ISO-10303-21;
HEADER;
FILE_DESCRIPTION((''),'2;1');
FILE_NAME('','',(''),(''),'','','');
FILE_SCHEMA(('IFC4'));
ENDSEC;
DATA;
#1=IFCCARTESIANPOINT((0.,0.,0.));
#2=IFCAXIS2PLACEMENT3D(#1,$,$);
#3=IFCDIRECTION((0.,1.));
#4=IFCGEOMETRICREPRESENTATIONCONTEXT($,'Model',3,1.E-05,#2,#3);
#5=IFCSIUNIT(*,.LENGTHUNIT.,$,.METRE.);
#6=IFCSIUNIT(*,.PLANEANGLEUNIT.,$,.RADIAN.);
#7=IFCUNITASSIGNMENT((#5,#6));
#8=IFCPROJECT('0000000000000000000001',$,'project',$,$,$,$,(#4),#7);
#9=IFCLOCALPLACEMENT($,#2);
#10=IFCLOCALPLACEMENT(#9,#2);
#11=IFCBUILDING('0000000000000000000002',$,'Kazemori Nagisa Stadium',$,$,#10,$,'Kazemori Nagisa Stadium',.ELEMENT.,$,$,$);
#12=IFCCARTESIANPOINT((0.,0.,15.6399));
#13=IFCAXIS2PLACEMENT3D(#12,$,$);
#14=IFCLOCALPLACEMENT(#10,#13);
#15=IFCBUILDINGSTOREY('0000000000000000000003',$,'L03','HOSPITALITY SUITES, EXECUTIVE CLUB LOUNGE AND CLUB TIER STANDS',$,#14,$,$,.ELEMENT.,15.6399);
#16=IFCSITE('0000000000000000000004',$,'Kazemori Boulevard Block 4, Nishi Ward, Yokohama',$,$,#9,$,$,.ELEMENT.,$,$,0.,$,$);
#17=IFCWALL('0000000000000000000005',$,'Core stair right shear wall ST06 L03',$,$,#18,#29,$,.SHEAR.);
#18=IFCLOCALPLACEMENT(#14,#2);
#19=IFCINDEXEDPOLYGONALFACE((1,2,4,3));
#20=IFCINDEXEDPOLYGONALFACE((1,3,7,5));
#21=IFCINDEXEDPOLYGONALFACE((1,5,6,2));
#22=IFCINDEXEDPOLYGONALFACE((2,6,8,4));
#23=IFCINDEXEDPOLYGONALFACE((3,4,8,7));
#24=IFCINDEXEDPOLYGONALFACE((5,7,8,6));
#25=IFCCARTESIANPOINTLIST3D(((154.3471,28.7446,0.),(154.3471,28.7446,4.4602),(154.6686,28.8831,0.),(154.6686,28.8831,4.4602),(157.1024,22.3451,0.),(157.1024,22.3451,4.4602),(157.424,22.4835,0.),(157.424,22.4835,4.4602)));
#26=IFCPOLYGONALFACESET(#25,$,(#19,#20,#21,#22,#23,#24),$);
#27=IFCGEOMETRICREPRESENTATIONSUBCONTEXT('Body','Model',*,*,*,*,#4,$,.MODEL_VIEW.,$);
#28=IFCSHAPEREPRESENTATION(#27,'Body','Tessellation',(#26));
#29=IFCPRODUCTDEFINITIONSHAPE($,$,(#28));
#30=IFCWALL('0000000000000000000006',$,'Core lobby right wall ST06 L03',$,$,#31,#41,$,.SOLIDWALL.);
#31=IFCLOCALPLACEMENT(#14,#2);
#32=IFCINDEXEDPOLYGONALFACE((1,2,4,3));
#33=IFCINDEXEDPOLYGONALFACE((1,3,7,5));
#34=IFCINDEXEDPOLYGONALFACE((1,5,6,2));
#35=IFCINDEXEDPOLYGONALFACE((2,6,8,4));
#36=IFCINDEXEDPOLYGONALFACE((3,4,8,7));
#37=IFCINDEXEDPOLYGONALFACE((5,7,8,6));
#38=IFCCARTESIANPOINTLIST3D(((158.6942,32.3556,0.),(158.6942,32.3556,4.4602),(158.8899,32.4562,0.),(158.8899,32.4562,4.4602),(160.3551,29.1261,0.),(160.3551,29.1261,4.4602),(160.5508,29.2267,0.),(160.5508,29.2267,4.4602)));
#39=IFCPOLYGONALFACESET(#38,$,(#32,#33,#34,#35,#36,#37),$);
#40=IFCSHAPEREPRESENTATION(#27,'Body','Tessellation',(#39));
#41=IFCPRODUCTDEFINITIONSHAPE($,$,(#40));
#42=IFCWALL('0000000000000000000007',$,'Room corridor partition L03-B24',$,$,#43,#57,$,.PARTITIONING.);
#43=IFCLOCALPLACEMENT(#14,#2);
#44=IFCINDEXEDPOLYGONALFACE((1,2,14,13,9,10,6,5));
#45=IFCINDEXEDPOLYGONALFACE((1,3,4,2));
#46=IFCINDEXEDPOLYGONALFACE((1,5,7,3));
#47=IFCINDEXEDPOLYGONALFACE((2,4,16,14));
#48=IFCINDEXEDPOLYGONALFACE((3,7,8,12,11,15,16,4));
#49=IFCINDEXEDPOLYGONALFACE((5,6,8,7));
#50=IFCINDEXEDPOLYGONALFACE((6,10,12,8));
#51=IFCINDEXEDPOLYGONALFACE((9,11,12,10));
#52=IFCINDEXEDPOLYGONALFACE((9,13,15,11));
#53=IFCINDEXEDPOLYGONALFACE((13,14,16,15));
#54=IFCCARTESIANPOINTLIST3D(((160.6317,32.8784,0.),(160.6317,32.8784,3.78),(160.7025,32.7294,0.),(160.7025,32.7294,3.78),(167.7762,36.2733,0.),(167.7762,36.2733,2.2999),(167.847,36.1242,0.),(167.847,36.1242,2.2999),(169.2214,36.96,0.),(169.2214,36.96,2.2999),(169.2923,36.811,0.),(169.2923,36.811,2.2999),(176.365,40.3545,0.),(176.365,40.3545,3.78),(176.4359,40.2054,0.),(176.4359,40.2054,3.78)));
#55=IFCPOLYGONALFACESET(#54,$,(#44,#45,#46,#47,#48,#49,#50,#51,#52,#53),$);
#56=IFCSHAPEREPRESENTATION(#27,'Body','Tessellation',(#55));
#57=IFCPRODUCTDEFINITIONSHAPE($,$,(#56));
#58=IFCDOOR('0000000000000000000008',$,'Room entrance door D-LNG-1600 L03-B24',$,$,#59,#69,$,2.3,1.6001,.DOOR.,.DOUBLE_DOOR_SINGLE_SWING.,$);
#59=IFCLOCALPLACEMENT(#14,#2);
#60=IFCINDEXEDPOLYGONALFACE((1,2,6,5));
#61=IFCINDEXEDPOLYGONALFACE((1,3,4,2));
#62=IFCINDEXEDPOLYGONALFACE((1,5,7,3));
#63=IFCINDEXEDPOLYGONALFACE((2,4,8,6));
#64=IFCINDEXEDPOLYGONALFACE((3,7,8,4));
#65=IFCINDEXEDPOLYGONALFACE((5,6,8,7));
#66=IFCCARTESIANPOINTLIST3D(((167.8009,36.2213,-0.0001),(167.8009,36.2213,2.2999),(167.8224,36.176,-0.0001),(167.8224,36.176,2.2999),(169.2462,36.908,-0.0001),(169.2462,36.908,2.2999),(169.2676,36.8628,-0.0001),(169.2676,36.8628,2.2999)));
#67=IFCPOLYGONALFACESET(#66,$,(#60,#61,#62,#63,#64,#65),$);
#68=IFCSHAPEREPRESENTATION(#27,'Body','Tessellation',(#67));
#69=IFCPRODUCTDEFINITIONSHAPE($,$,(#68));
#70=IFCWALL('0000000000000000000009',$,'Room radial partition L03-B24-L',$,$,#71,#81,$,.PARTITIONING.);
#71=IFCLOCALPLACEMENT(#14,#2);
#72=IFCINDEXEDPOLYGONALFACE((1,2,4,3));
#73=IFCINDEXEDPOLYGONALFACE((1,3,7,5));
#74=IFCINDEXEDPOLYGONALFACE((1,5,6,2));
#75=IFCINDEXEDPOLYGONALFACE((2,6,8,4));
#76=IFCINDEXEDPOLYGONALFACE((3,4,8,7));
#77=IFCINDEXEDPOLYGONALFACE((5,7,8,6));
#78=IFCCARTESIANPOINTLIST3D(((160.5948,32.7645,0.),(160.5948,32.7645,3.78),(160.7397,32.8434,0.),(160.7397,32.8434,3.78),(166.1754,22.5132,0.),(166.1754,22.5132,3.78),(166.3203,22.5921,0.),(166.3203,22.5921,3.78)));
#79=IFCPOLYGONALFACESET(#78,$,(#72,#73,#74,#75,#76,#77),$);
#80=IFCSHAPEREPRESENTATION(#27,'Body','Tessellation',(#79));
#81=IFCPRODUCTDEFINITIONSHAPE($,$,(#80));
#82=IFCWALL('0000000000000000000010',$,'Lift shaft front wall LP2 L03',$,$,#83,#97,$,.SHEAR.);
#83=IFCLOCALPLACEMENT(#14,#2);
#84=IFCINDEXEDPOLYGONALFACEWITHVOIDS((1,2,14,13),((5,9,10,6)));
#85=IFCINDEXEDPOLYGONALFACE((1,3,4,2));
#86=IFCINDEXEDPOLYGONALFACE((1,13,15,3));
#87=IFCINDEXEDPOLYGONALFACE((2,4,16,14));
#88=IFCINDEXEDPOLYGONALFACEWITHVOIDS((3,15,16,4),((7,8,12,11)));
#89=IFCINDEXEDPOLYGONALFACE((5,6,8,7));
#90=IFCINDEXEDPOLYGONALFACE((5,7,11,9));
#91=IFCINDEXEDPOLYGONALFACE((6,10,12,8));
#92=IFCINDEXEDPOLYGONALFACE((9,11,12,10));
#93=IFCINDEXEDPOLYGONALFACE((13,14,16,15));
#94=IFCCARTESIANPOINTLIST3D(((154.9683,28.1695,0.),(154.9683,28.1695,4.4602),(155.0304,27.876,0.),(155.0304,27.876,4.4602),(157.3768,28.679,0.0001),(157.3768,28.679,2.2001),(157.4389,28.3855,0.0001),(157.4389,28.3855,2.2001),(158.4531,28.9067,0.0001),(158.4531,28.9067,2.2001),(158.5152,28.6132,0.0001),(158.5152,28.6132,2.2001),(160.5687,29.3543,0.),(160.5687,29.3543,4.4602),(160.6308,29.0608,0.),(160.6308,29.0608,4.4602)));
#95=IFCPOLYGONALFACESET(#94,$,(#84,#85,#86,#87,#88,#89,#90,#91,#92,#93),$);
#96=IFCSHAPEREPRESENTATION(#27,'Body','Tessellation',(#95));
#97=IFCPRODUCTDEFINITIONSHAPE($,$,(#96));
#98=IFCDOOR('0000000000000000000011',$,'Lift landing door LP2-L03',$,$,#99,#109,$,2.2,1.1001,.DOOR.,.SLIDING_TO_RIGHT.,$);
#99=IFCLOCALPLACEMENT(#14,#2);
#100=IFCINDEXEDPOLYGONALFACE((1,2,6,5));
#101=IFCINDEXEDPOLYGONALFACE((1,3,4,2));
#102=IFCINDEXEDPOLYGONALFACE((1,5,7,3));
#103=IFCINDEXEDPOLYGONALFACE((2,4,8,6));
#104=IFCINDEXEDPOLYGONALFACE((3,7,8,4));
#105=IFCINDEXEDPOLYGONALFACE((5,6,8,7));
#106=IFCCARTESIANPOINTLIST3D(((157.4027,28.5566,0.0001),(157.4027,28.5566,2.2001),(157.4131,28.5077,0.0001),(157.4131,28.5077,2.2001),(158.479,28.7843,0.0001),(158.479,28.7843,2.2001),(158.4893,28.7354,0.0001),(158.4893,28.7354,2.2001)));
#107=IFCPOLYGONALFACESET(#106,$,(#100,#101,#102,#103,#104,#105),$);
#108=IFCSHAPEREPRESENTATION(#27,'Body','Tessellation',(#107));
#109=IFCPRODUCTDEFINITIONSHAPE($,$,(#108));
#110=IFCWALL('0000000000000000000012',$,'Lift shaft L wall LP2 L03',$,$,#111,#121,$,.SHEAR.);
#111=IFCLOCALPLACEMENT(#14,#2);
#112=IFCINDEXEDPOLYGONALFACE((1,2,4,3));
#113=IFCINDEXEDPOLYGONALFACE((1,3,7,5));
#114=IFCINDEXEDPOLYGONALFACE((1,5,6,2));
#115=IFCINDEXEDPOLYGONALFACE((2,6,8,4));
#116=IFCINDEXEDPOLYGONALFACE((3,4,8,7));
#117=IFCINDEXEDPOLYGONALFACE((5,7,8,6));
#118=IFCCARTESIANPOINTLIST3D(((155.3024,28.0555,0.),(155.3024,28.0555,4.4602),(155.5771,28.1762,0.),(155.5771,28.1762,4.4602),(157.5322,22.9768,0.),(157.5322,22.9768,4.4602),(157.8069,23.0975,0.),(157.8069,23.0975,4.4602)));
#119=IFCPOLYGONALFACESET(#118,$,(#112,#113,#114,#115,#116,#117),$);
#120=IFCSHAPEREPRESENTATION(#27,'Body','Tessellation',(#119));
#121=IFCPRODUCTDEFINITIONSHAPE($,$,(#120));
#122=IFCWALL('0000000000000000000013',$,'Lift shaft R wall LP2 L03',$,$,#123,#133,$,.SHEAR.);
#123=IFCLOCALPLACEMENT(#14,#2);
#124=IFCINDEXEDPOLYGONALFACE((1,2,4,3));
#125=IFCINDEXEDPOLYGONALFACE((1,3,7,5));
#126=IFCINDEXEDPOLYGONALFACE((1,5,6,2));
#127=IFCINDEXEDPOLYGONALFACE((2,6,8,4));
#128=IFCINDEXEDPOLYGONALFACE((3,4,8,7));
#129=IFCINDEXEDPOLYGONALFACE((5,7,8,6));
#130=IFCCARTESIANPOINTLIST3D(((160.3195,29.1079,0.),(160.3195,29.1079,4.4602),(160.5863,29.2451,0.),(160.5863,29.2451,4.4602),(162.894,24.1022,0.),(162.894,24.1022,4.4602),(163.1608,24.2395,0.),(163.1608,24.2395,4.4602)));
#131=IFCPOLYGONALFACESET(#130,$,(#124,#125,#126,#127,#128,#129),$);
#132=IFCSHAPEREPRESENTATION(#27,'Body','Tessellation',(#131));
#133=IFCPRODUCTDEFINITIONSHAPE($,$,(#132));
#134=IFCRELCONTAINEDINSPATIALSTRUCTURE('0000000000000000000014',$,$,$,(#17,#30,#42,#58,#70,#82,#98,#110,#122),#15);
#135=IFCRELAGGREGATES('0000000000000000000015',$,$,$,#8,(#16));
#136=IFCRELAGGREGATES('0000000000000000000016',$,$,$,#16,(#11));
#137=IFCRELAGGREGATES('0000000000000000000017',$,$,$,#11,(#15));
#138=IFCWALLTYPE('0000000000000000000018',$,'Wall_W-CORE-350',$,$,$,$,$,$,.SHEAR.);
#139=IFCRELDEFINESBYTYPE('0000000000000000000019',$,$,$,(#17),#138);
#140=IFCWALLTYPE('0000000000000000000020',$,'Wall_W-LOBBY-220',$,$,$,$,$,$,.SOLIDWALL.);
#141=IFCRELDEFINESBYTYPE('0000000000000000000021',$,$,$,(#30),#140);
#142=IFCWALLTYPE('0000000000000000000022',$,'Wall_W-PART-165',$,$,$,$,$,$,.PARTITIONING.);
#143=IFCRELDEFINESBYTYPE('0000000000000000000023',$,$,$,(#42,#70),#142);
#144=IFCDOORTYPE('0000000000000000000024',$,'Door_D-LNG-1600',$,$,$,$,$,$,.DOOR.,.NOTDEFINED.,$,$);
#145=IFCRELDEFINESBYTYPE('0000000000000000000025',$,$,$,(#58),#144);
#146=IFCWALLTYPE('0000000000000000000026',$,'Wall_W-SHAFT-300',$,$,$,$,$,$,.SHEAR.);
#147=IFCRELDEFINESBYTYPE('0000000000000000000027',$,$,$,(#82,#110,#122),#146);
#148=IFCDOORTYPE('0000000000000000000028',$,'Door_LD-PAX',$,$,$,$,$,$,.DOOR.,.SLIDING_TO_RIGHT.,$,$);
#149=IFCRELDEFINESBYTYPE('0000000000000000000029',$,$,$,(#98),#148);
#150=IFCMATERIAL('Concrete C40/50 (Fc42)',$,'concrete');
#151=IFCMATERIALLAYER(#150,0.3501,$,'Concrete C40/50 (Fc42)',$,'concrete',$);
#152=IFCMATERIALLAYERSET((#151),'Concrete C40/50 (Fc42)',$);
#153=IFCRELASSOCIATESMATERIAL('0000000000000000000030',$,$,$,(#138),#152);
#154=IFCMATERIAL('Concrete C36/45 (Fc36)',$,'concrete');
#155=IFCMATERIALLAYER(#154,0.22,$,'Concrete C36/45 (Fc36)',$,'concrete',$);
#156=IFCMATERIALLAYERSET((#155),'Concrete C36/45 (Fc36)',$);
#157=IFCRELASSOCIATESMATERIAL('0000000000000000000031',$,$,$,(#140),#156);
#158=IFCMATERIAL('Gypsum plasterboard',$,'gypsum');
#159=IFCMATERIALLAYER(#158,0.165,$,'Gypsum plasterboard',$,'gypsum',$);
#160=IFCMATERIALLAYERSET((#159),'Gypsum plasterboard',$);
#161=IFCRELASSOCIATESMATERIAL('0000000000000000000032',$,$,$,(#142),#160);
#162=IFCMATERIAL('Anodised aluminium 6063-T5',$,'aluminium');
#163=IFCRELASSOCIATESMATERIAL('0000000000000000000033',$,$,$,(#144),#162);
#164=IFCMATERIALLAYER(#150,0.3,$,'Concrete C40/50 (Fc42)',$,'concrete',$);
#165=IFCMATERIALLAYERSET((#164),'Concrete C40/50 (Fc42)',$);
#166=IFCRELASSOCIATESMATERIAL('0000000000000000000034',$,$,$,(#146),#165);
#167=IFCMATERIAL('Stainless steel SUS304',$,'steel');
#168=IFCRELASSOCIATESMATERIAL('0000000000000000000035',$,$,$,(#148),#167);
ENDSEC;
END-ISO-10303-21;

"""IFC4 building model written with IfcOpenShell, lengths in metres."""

from ifc_helpers import new_model, si_unit, direction, frame, frame_2d, origin, place, context, subcontext, project, spatial, rectangle, extrude, material, layer, layer_set, type_object, element, fill, save


model = new_model("IFC4")

# Units and contexts
model_context = context("Model", 3, precision=1e-05, world=origin(), true_north=direction((0.0, 1.0)))
body_context = subcontext(model_context, "Body", "Model", "MODEL_VIEW")
ifc_project = project(units=[si_unit("LENGTHUNIT", "METRE"), si_unit("PLANEANGLEUNIT", "RADIAN")], contexts=[model_context])

# Site, building, storey
site_placement = place(None, origin())
site = spatial("IfcSite", under=ifc_project, at=site_placement, Name="Kazemori Boulevard Block 4, Nishi Ward, Yokohama", CompositionType="ELEMENT", RefElevation=0.0)
building_placement = place(site_placement, origin())
building = spatial("IfcBuilding", under=site, at=building_placement, Name="Kazemori Nagisa Stadium", LongName="Kazemori Nagisa Stadium", CompositionType="ELEMENT")
storey_placement = place(building_placement, frame((0.0, 0.0, 15.6399)))
storey = spatial("IfcBuildingStorey", under=building, at=storey_placement, Name="L03", Description="HOSPITALITY SUITES, EXECUTIVE CLUB LOUNGE AND CLUB TIER STANDS", CompositionType="ELEMENT", Elevation=15.6399)

# Shared definitions
ifc_material_1 = material(Name="Concrete C40/50 (Fc42)", Category="concrete")

# Shared definitions
ifc_material_2 = material(Name="Anodised aluminium 6063-T5", Category="aluminium")

# Walls
ifc_layer_1 = layer(ifc_material_1, 0.3501, Name="Concrete C40/50 (Fc42)", Category="concrete")
ifc_layer_set_1 = layer_set([ifc_layer_1], Name="Concrete C40/50 (Fc42)")
wall_type_1 = type_object("IfcWallType", Name="Wall_W-CORE-350", PredefinedType="SHEAR", material=ifc_layer_set_1)
wall_1_placement = place(storey_placement, frame((154.5078, 28.814, 0.0), z_axis=(0.0, 0.0, 1.0), x_axis=(0.395454, -0.918486, 0.0)))
element("IfcWall", 1, at=wall_1_placement, inside=storey, type_object=wall_type_1, Name="Core stair right shear wall ST06 L03", PredefinedType="SHEAR", context=body_context, shape_type="SweptSolid", body=[
    extrude(rectangle(XDim=6.9675, YDim=0.3501, at=frame_2d((3.4839, 0.0))), origin(), (0.0, 0.0, 1.0), 4.4602),
])
ifc_material_3 = material(Name="Concrete C36/45 (Fc36)", Category="concrete")
ifc_layer_2 = layer(ifc_material_3, 0.22, Name="Concrete C36/45 (Fc36)", Category="concrete")
ifc_layer_set_2 = layer_set([ifc_layer_2], Name="Concrete C36/45 (Fc36)")
wall_type_2 = type_object("IfcWallType", Name="Wall_W-LOBBY-220", PredefinedType="SOLIDWALL", material=ifc_layer_set_2)
wall_2_placement = place(storey_placement, frame((158.792, 32.406, 0.0), z_axis=(0.0, 0.0, 1.0), x_axis=(0.45735, -0.889287, 0.0)))
element("IfcWall", 2, at=wall_2_placement, inside=storey, type_object=wall_type_2, Name="Core lobby right wall ST06 L03", PredefinedType="SOLIDWALL", context=body_context, shape_type="SweptSolid", body=[
    extrude(rectangle(XDim=3.6316, YDim=0.22, at=frame_2d((1.8159, 0.0))), origin(), (0.0, 0.0, 1.0), 4.4602),
])

# Wall, opening, door
ifc_material_4 = material(Name="Gypsum plasterboard", Category="gypsum")
ifc_layer_3 = layer(ifc_material_4, 0.165, Name="Gypsum plasterboard", Category="gypsum")
ifc_layer_set_3 = layer_set([ifc_layer_3], Name="Gypsum plasterboard")
wall_type_3 = type_object("IfcWallType", Name="Wall_W-PART-165", PredefinedType="PARTITIONING", material=ifc_layer_set_3)
wall_3_placement = place(storey_placement, frame((160.6672, 32.804, 0.0), z_axis=(0.0, 0.0, 1.0), x_axis=(0.903217, 0.429184, 0.0)))
wall_3 = element("IfcWall", 3, at=wall_3_placement, inside=storey, type_object=wall_type_3, Name="Room corridor partition L03-B24", PredefinedType="PARTITIONING", context=body_context, shape_type="SweptSolid", body=[
    extrude(rectangle(XDim=17.4192, YDim=0.165, at=frame_2d((8.7095, 0.0))), origin(), (0.0, 0.0, 1.0), 3.78),
])
opening_1_placement = place(wall_3_placement, frame((7.9099, 0.0, 0.0)))
opening_1 = element("IfcOpeningElement", 4, at=opening_1_placement, cuts=wall_3, PredefinedType="OPENING", context=body_context, shape_type="SweptSolid", body=[
    extrude(rectangle(XDim=1.6001, YDim=2.3, at=frame_2d((0.8, 1.1499))), frame((0.0, 0.0925, 0.0), z_axis=(0.0, -1.0, 0.0), x_axis=(1.0, 0.0, 0.0)), (0.0, 0.0, 1.0), 0.1851),
])
door_type_1 = type_object("IfcDoorType", Name="Door_D-LNG-1600", OperationType="NOTDEFINED", PredefinedType="DOOR", material=ifc_material_2)
door_1_placement = place(opening_1_placement, origin())
door_1 = element("IfcDoor", 5, at=door_1_placement, inside=storey, type_object=door_type_1, Name="Room entrance door D-LNG-1600 L03-B24", OperationType="DOUBLE_DOOR_SINGLE_SWING", OverallHeight=2.3, OverallWidth=1.6001, PredefinedType="DOOR", context=body_context, shape_type="SweptSolid", body=[
    extrude(rectangle(XDim=1.6001, YDim=2.3, at=frame_2d((0.8, 1.1499))), frame((0.0, 0.0249, 0.0), z_axis=(0.0, -1.0, 0.0), x_axis=(1.0, 0.0, 0.0)), (0.0, 0.0, 1.0), 0.05),
])
fill(opening_1, door_1)

# Wall
wall_4_placement = place(storey_placement, frame((160.6672, 32.804, 0.0), z_axis=(0.0, 0.0, 1.0), x_axis=(0.478125, -0.878292, 0.0)))
element("IfcWall", 6, at=wall_4_placement, inside=storey, type_object=wall_type_3, Name="Room radial partition L03-B24-L", PredefinedType="PARTITIONING", context=body_context, shape_type="SweptSolid", body=[
    extrude(rectangle(XDim=11.6719, YDim=0.165, at=frame_2d((5.8359, 0.0))), origin(), (0.0, 0.0, 1.0), 3.78),
])

# Wall, opening, door
ifc_layer_4 = layer(ifc_material_1, 0.3, Name="Concrete C40/50 (Fc42)", Category="concrete")
ifc_layer_set_4 = layer_set([ifc_layer_4], Name="Concrete C40/50 (Fc42)")
wall_type_4 = type_object("IfcWallType", Name="Wall_W-SHAFT-300", PredefinedType="SHEAR", material=ifc_layer_set_4)
wall_5_placement = place(storey_placement, frame((154.9993, 28.0227, 0.0), z_axis=(0.0, 0.0, 1.0), x_axis=(0.978345, 0.20698, 0.0)))
wall_5 = element("IfcWall", 7, at=wall_5_placement, inside=storey, type_object=wall_type_4, Name="Lift shaft front wall LP2 L03", PredefinedType="SHEAR", context=body_context, shape_type="SweptSolid", body=[
    extrude(rectangle(XDim=5.7244, YDim=0.3, at=frame_2d((2.8623, 0.0))), origin(), (0.0, 0.0, 1.0), 4.4602),
])
opening_2_placement = place(wall_5_placement, frame((2.4619, 0.0, 0.0)))
opening_2 = element("IfcOpeningElement", 8, at=opening_2_placement, cuts=wall_5, PredefinedType="OPENING", context=body_context, shape_type="SweptSolid", body=[
    extrude(rectangle(XDim=1.1001, YDim=2.2, at=frame_2d((0.55, 1.1001))), frame((0.0, 0.1599, 0.0), z_axis=(0.0, -1.0, 0.0), x_axis=(1.0, 0.0, 0.0)), (0.0, 0.0, 1.0), 0.3201),
])
ifc_material_5 = material(Name="Stainless steel SUS304", Category="steel")
door_type_2 = type_object("IfcDoorType", Name="Door_LD-PAX", OperationType="SLIDING_TO_RIGHT", PredefinedType="DOOR", material=ifc_material_5)
door_2_placement = place(opening_2_placement, origin())
door_2 = element("IfcDoor", 9, at=door_2_placement, inside=storey, type_object=door_type_2, Name="Lift landing door LP2-L03", OperationType="SLIDING_TO_RIGHT", OverallHeight=2.2, OverallWidth=1.1001, PredefinedType="DOOR", context=body_context, shape_type="SweptSolid", body=[
    extrude(rectangle(XDim=1.1001, YDim=2.2, at=frame_2d((0.55, 1.1001))), frame((0.0, 0.0249, 0.0), z_axis=(0.0, -1.0, 0.0), x_axis=(1.0, 0.0, 0.0)), (0.0, 0.0, 1.0), 0.05),
])
fill(opening_2, door_2)

# Walls
wall_6_placement = place(storey_placement, frame((155.4397, 28.116, 0.0), z_axis=(0.0, 0.0, 1.0), x_axis=(0.402005, -0.915637, 0.0)))
element("IfcWall", 10, at=wall_6_placement, inside=storey, type_object=wall_type_4, Name="Lift shaft L wall LP2 L03", PredefinedType="SHEAR", context=body_context, shape_type="SweptSolid", body=[
    extrude(rectangle(XDim=5.5466, YDim=0.3, at=frame_2d((2.7734, 0.0))), origin(), (0.0, 0.0, 1.0), 4.4602),
])
wall_7_placement = place(storey_placement, frame((160.4529, 29.1765, 0.0), z_axis=(0.0, 0.0, 1.0), x_axis=(0.457369, -0.889277, 0.0)))
element("IfcWall", 11, at=wall_7_placement, inside=storey, type_object=wall_type_4, Name="Lift shaft R wall LP2 L03", PredefinedType="SHEAR", context=body_context, shape_type="SweptSolid", body=[
    extrude(rectangle(XDim=5.6289, YDim=0.3, at=frame_2d((2.8145, 0.0))), origin(), (0.0, 0.0, 1.0), 4.4602),
])

save(model, "model.ifc")
